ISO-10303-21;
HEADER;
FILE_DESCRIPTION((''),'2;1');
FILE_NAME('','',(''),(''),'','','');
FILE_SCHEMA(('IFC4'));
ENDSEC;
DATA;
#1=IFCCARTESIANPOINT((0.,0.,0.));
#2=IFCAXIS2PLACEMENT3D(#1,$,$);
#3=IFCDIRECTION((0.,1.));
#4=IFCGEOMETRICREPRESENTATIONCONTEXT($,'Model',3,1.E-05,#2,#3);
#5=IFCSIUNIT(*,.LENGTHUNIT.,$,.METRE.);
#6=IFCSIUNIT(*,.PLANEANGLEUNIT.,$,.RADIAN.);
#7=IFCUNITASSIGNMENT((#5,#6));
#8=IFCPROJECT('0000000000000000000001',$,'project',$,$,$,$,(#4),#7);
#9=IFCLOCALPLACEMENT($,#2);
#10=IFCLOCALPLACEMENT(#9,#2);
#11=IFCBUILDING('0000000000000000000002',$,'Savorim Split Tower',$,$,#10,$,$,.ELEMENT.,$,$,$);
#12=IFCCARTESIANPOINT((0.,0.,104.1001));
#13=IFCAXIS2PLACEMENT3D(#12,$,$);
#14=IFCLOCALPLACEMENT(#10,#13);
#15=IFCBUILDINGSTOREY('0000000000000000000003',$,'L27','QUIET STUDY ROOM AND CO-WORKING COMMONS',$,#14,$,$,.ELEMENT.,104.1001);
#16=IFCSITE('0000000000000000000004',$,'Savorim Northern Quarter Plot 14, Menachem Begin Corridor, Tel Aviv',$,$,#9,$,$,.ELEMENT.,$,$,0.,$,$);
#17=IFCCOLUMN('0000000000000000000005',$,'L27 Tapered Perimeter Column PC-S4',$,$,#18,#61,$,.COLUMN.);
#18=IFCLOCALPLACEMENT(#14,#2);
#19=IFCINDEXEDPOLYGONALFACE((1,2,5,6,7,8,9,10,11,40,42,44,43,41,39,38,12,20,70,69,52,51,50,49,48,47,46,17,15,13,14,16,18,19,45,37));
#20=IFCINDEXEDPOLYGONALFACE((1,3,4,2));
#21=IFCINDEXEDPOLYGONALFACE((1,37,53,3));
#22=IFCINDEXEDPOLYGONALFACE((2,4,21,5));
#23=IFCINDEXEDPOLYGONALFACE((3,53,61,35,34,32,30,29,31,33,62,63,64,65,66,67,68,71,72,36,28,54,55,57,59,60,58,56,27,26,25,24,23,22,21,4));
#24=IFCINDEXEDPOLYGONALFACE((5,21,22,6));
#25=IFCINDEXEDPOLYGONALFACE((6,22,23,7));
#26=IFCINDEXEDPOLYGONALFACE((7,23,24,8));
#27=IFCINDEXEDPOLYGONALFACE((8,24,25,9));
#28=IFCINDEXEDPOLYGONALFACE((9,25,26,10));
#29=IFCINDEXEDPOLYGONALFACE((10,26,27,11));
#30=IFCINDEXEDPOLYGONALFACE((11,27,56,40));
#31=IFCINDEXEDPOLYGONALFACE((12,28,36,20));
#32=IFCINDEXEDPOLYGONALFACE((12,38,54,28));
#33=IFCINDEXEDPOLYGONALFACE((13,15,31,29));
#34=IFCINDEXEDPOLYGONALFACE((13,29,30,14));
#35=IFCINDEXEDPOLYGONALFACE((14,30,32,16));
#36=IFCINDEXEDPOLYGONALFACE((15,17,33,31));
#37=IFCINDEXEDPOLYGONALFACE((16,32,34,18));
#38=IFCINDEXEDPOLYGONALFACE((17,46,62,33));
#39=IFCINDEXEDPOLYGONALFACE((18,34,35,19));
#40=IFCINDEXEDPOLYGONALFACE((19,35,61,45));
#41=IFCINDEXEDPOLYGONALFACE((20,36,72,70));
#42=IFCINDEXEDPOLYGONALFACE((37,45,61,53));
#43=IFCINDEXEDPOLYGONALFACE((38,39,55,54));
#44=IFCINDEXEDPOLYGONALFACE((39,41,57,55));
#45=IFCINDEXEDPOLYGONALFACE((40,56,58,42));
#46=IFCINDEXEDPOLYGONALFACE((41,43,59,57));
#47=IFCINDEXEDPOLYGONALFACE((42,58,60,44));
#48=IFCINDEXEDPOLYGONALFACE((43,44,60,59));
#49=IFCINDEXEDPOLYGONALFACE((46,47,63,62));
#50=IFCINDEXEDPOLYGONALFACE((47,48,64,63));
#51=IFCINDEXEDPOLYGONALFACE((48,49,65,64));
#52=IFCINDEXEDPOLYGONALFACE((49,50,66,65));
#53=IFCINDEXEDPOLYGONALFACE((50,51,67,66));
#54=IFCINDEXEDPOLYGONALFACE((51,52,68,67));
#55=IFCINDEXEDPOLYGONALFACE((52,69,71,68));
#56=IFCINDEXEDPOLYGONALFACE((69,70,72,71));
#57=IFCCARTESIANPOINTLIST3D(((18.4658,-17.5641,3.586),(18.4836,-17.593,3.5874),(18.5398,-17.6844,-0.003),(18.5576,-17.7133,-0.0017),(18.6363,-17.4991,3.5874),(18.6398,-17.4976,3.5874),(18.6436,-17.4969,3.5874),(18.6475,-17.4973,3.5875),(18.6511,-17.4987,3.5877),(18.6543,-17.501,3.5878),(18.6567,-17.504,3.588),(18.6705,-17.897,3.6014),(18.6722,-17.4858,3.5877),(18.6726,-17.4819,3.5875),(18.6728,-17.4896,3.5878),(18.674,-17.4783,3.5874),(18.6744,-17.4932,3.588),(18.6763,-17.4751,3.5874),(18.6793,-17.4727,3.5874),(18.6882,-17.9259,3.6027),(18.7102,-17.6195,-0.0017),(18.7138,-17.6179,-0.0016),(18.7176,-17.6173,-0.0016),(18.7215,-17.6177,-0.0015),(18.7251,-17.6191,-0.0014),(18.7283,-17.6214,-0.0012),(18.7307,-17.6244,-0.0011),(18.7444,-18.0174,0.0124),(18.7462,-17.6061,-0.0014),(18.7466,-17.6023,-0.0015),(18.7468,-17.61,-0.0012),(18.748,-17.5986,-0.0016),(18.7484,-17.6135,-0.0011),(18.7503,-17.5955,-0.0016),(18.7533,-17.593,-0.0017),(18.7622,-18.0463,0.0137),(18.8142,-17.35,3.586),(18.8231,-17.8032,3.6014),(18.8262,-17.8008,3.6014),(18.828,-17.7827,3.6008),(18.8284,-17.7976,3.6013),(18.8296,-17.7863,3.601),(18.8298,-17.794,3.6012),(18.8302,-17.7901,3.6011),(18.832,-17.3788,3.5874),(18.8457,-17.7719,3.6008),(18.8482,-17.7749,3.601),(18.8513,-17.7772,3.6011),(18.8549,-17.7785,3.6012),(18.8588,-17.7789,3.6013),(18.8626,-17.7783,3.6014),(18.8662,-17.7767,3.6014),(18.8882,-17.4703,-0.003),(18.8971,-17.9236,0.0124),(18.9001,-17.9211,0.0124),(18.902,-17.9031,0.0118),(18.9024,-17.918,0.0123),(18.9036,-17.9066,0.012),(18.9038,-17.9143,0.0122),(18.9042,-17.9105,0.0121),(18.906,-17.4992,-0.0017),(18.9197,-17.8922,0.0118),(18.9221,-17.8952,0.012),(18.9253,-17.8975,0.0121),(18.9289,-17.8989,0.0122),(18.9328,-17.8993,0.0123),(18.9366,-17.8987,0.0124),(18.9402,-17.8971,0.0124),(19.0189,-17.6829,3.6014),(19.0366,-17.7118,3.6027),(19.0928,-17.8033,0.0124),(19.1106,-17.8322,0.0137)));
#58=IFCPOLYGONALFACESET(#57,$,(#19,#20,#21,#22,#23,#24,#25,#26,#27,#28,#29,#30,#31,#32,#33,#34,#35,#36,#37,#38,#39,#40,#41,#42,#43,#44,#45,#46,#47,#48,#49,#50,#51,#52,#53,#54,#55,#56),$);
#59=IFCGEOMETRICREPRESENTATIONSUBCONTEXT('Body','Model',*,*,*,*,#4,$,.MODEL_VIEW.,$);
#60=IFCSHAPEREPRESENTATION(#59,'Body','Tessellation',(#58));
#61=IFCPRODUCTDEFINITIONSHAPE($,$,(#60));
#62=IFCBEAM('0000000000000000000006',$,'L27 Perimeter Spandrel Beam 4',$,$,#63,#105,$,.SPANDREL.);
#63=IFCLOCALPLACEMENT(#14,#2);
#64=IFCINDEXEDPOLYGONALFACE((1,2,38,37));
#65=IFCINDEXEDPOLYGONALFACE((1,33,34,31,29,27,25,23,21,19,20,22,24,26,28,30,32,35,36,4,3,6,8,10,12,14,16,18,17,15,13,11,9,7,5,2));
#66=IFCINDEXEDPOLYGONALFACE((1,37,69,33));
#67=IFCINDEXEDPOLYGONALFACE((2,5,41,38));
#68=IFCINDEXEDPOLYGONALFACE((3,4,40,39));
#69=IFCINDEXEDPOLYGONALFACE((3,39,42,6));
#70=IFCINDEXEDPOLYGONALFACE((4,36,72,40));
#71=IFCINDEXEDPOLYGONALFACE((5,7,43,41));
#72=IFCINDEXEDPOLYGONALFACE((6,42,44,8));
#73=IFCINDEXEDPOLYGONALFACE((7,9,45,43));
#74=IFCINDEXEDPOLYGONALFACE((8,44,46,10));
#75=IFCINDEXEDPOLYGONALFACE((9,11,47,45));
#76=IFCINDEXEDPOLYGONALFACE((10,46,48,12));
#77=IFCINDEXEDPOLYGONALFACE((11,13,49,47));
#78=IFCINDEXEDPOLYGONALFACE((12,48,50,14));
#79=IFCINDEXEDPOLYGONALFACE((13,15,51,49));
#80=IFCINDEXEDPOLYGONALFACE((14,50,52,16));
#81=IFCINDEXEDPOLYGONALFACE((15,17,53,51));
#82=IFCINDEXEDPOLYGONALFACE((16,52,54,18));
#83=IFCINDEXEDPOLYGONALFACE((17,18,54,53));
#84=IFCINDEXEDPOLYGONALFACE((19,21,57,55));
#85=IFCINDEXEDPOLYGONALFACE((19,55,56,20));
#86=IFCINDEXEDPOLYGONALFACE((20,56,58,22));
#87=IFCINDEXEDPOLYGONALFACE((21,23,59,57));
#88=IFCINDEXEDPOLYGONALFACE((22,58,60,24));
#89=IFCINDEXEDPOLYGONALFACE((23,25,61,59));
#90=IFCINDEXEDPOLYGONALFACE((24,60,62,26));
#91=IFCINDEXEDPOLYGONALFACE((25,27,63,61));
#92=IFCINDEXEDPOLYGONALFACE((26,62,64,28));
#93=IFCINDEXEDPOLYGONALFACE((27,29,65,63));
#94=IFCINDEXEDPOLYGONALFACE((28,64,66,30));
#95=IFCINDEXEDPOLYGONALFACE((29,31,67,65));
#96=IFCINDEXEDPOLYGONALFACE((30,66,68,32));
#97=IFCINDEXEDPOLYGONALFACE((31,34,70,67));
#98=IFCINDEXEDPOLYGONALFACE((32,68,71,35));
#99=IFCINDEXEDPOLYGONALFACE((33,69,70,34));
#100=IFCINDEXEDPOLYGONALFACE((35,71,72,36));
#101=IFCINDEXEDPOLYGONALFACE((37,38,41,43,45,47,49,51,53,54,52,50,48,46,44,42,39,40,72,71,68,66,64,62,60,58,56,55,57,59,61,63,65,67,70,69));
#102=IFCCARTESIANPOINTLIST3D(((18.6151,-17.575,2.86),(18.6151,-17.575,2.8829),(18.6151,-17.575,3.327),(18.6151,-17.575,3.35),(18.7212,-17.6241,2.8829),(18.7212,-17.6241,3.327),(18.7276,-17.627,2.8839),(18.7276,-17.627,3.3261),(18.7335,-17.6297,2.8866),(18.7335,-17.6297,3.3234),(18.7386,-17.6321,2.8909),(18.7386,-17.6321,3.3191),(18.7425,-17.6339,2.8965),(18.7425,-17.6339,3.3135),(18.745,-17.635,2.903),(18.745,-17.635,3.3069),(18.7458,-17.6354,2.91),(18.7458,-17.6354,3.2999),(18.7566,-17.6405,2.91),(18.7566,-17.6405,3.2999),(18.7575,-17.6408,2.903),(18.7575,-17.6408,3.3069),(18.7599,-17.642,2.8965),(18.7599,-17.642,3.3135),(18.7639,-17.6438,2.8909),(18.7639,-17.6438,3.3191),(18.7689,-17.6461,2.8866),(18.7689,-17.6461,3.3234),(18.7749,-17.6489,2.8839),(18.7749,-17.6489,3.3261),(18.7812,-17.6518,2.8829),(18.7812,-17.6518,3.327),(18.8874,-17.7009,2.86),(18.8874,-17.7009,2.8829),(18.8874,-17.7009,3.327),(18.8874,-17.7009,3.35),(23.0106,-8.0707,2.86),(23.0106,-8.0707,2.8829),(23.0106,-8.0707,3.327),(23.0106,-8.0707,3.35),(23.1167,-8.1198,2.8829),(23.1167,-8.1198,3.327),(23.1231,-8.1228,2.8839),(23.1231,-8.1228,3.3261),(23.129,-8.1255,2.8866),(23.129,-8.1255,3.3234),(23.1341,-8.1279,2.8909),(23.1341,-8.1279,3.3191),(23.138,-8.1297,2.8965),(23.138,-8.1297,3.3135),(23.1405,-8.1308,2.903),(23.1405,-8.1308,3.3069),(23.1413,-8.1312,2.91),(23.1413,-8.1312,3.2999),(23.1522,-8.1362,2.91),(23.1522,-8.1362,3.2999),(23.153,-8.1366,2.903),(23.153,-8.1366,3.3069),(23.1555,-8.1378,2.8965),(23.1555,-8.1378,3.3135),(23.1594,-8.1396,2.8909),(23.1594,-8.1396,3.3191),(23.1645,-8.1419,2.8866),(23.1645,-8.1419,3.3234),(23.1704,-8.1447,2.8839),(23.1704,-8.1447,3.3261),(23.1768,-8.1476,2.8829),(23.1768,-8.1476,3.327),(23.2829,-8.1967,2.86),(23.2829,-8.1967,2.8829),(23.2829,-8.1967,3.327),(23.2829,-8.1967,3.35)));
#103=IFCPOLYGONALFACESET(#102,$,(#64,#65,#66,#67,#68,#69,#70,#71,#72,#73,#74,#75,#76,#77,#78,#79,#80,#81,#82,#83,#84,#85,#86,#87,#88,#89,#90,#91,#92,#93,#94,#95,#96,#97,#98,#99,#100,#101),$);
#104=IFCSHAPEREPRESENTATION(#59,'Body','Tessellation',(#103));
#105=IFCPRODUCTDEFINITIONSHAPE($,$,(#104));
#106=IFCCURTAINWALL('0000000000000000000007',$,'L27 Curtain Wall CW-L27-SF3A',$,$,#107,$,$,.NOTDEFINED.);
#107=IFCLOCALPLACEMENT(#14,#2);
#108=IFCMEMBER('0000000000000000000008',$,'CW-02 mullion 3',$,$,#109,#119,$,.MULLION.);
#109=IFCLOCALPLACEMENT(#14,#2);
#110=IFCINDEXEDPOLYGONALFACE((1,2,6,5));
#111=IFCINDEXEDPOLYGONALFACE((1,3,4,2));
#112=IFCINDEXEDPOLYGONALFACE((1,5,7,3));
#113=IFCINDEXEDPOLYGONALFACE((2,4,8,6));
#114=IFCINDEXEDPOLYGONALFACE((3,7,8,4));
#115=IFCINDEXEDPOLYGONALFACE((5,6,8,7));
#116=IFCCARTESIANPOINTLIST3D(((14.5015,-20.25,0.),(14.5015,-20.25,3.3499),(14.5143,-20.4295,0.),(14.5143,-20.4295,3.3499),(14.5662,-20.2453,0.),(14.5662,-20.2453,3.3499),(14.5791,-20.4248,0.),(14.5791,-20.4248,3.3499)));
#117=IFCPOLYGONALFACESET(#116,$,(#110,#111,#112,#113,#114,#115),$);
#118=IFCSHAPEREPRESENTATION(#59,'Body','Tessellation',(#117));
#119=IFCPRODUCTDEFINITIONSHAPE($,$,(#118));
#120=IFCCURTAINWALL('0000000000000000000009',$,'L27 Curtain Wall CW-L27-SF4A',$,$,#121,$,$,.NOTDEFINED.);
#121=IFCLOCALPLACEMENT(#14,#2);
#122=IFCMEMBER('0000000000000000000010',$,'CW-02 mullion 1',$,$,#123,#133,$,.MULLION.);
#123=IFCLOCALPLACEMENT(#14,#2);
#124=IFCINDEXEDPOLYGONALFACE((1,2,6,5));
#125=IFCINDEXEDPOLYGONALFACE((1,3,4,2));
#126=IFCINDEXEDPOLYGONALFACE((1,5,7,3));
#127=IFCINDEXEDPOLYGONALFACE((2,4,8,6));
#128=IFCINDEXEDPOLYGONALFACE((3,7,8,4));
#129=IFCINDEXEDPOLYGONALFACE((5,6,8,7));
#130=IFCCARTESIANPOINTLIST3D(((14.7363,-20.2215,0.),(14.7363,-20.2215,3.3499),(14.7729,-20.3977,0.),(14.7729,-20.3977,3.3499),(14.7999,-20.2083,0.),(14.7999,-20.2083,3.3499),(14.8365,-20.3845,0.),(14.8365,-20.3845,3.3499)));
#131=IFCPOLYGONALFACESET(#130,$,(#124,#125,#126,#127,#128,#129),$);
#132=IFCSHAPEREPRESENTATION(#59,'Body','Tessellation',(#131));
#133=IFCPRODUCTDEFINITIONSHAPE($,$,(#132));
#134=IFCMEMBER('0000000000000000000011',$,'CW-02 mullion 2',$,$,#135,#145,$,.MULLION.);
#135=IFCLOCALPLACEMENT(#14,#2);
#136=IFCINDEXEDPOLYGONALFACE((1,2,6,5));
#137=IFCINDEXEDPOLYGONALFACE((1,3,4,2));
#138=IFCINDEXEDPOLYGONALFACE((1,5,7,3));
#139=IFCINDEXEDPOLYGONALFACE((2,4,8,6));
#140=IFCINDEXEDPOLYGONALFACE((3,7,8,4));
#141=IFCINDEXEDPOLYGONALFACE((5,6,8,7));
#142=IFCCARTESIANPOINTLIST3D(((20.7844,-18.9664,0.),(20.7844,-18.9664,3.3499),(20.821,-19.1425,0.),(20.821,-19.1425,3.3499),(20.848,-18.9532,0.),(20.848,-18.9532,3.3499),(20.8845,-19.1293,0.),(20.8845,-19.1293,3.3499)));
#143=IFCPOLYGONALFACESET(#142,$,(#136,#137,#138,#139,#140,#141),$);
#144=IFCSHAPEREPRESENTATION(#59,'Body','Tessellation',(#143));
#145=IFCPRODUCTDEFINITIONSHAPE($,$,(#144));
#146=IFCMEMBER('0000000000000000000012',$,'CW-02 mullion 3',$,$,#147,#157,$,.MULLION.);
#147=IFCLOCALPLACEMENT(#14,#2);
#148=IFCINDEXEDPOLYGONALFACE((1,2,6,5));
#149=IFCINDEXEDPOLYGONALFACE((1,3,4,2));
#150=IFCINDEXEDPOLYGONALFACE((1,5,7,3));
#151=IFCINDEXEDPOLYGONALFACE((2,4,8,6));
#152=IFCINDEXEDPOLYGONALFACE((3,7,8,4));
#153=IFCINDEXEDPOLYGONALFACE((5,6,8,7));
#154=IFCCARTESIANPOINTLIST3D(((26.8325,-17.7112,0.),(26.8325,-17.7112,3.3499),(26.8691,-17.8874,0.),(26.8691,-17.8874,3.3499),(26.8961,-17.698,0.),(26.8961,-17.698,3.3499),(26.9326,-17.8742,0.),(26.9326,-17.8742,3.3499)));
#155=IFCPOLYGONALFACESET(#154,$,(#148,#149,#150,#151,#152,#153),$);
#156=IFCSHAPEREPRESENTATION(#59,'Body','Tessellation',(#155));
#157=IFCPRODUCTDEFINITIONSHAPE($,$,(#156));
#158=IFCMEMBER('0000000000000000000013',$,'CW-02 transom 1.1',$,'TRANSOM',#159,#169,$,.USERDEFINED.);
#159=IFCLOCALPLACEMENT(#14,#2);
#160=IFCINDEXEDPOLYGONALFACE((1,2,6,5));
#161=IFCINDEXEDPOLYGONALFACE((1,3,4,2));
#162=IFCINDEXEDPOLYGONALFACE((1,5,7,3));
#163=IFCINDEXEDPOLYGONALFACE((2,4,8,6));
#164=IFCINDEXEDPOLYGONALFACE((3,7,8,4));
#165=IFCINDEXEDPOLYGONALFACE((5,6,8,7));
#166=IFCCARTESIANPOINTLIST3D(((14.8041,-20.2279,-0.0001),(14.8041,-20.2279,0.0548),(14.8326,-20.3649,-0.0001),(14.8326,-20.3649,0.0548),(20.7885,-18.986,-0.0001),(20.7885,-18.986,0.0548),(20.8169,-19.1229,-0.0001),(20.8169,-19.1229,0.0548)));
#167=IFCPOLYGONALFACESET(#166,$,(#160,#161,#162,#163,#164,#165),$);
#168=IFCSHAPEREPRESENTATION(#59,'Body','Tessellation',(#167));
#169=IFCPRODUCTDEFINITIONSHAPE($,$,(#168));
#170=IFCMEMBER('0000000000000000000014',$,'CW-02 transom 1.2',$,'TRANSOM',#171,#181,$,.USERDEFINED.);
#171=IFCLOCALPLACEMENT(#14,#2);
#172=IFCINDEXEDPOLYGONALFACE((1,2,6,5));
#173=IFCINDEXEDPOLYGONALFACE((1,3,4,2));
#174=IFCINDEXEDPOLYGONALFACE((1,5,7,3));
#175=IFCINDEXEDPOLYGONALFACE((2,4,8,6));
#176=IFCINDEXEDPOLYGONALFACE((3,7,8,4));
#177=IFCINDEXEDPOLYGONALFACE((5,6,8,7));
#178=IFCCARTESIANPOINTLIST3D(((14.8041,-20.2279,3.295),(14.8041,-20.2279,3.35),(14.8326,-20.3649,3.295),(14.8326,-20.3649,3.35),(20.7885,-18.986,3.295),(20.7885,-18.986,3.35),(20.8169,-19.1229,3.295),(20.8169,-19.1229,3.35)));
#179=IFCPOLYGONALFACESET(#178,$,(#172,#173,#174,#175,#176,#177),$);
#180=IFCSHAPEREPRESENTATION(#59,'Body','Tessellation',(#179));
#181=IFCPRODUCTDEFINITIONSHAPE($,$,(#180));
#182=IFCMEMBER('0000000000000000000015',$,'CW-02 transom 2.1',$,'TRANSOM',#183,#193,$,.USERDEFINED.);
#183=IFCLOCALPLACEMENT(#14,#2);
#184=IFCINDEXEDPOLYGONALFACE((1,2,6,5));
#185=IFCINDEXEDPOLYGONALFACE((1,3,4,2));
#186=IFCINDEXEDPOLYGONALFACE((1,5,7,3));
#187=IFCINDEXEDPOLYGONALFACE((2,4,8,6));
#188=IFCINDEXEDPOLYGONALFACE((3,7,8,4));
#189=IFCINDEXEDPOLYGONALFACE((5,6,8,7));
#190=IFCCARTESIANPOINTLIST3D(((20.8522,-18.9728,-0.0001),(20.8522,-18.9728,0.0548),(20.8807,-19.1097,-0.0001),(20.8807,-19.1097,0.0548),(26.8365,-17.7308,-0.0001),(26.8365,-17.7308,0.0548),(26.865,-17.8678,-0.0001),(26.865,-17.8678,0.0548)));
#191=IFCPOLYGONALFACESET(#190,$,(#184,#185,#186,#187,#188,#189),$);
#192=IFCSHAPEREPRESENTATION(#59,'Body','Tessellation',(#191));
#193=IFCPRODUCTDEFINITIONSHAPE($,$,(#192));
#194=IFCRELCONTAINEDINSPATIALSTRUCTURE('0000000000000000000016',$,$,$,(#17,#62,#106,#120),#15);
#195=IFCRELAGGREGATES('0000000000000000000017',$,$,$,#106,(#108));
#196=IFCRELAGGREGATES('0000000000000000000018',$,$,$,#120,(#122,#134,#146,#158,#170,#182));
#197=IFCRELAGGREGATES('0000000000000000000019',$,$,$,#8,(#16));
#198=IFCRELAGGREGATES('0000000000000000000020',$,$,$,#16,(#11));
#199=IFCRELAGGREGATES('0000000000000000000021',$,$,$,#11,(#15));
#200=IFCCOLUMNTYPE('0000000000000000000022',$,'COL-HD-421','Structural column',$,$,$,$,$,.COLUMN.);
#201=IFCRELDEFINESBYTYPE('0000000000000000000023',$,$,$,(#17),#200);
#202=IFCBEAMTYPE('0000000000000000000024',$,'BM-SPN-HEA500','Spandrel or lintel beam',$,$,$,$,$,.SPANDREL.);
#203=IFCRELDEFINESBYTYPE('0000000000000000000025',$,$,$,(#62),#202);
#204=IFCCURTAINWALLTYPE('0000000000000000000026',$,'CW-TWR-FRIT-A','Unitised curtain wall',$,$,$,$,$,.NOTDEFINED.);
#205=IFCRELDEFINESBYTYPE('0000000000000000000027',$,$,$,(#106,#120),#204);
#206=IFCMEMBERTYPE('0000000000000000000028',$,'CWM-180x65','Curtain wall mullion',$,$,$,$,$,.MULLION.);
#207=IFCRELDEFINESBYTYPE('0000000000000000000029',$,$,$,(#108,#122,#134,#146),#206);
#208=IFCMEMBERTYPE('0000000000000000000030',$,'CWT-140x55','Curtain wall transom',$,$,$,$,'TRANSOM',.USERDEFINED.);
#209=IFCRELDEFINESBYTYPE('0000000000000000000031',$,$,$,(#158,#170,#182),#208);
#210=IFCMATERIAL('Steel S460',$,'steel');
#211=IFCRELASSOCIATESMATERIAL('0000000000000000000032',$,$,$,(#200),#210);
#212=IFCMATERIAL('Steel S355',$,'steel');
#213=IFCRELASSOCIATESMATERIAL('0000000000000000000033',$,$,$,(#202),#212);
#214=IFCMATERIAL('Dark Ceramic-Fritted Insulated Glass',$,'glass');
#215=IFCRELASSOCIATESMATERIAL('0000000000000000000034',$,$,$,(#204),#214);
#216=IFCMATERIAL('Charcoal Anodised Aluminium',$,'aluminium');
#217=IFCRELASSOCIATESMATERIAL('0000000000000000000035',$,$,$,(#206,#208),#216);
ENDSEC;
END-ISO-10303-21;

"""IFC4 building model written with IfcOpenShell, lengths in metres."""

from ifc_helpers import new_model, si_unit, direction, frame, origin, origin_2d, place, context, subcontext, project, spatial, rectangle, i_section, extrude, material, material_profile, profile_set, type_object, element, aggregate, save


model = new_model("IFC4")

# Units and contexts
model_context = context("Model", 3, precision=1e-05, world=origin(), true_north=direction((0.0, 1.0)))
body_context = subcontext(model_context, "Body", "Model", "MODEL_VIEW")
ifc_project = project(units=[si_unit("LENGTHUNIT", "METRE"), si_unit("PLANEANGLEUNIT", "RADIAN")], contexts=[model_context])

# Site, building, storey
site_placement = place(None, origin())
site = spatial("IfcSite", under=ifc_project, at=site_placement, Name="Savorim Northern Quarter Plot 14, Menachem Begin Corridor, Tel Aviv", CompositionType="ELEMENT", RefElevation=0.0)
building_placement = place(site_placement, origin())
building = spatial("IfcBuilding", under=site, at=building_placement, Name="Savorim Split Tower", CompositionType="ELEMENT")
storey_placement = place(building_placement, frame((0.0, 0.0, 104.1001)))
storey = spatial("IfcBuildingStorey", under=building, at=storey_placement, Name="L27", Description="QUIET STUDY ROOM AND CO-WORKING COMMONS", CompositionType="ELEMENT", Elevation=104.1001)

# Column
ifc_material_1 = material(Name="Steel S460", Category="steel")
ifc_material_profile_1 = material_profile(ifc_material_1, i_section(OverallWidth=0.4089, OverallDepth=0.425, WebThickness=0.0208, FlangeThickness=0.0339, FilletRadius=0.0149, at=origin_2d()), Name="HD 400x421")
ifc_profile_set_1 = profile_set([ifc_material_profile_1], Name="Steel S460")
column_type = type_object("IfcColumnType", Name="COL-HD-421", Description="Structural column", PredefinedType="COLUMN", material=ifc_profile_set_1)
column_placement = place(storey_placement, frame((18.8252, -17.7583, 0.0054), z_axis=(-0.020595, 0.033509, 0.999226), x_axis=(-0.851955, -0.523615, 0.0)))
element("IfcColumn", 1, at=column_placement, inside=storey, type_object=column_type, Name="L27 Tapered Perimeter Column PC-S4", PredefinedType="COLUMN", context=body_context, shape_type="SweptSolid", body=[
    extrude(i_section(OverallWidth=0.4089, OverallDepth=0.425, WebThickness=0.0208, FlangeThickness=0.0339, FilletRadius=0.0149, at=origin_2d()), origin(), (0.0, 0.0, 1.0), 3.5918),
])

# Beam
ifc_material_2 = material(Name="Steel S355", Category="steel")
ifc_material_profile_2 = material_profile(ifc_material_2, i_section(OverallWidth=0.3, OverallDepth=0.49, WebThickness=0.012, FlangeThickness=0.0229, FilletRadius=0.0271, at=origin_2d()), Name="HEA 500")
ifc_profile_set_2 = profile_set([ifc_material_profile_2], Name="Steel S355")
beam_type = type_object("IfcBeamType", Name="BM-SPN-HEA500", Description="Spandrel or lintel beam", PredefinedType="SPANDREL", material=ifc_profile_set_2)
beam_placement = place(storey_placement, frame((18.7512, -17.6379, 3.105), z_axis=(0.419765, 0.907633, 0.0), x_axis=(-0.907633, 0.419765, 0.0)))
element("IfcBeam", 2, at=beam_placement, inside=storey, type_object=beam_type, Name="L27 Perimeter Spandrel Beam 4", PredefinedType="SPANDREL", context=body_context, shape_type="SweptSolid", body=[
    extrude(i_section(OverallWidth=0.3, OverallDepth=0.49, WebThickness=0.012, FlangeThickness=0.0229, FilletRadius=0.0271, at=origin_2d()), origin(), (0.0, 0.0, 1.0), 10.4714),
])

# Curtain wall, member
ifc_material_3 = material(Name="Dark Ceramic-Fritted Insulated Glass", Category="glass")
curtain_wall_type = type_object("IfcCurtainWallType", Name="CW-TWR-FRIT-A", Description="Unitised curtain wall", PredefinedType="NOTDEFINED", material=ifc_material_3)
curtain_wall_1_placement = place(storey_placement, origin())
curtain_wall_1 = element("IfcCurtainWall", 3, at=curtain_wall_1_placement, inside=storey, type_object=curtain_wall_type, Name="L27 Curtain Wall CW-L27-SF3A", PredefinedType="NOTDEFINED")
ifc_material_4 = material(Name="Charcoal Anodised Aluminium", Category="aluminium")
ifc_material_profile_3 = material_profile(ifc_material_4, rectangle(XDim=0.1799, YDim=0.0649, at=origin_2d()), Name="ALU-M 180x65")
ifc_profile_set_3 = profile_set([ifc_material_profile_3], Name="Charcoal Anodised Aluminium")
member_type_1 = type_object("IfcMemberType", Name="CWM-180x65", Description="Curtain wall mullion", PredefinedType="MULLION", material=ifc_profile_set_3)
member_1_placement = place(storey_placement, frame((14.5403, -20.3374, 0.0), z_axis=(0.0, 0.0, 1.0), x_axis=(-0.071562, 0.997436, 0.0)))
member_1 = element("IfcMember", 4, at=member_1_placement, type_object=member_type_1, Name="CW-02 mullion 3", PredefinedType="MULLION", context=body_context, shape_type="SweptSolid", body=[
    extrude(rectangle(XDim=0.1799, YDim=0.0649, at=origin_2d()), origin(), (0.0, 0.0, 1.0), 3.3499),
])
aggregate(curtain_wall_1, [member_1])

# Curtain wall, members
curtain_wall_2_placement = place(storey_placement, origin())
curtain_wall_2 = element("IfcCurtainWall", 5, at=curtain_wall_2_placement, inside=storey, type_object=curtain_wall_type, Name="L27 Curtain Wall CW-L27-SF4A", PredefinedType="NOTDEFINED")
member_2_placement = place(storey_placement, frame((14.7864, -20.303, 0.0), z_axis=(0.0, 0.0, 1.0), x_axis=(-0.203212, 0.979135, 0.0)))
member_2 = element("IfcMember", 6, at=member_2_placement, type_object=member_type_1, Name="CW-02 mullion 1", PredefinedType="MULLION", context=body_context, shape_type="SweptSolid", body=[
    extrude(rectangle(XDim=0.1799, YDim=0.0649, at=origin_2d()), origin(), (0.0, 0.0, 1.0), 3.3499),
])
member_3_placement = place(storey_placement, frame((20.8345, -19.0479, 0.0), z_axis=(0.0, 0.0, 1.0), x_axis=(-0.203212, 0.979135, 0.0)))
member_3 = element("IfcMember", 7, at=member_3_placement, type_object=member_type_1, Name="CW-02 mullion 2", PredefinedType="MULLION", context=body_context, shape_type="SweptSolid", body=[
    extrude(rectangle(XDim=0.1799, YDim=0.0649, at=origin_2d()), origin(), (0.0, 0.0, 1.0), 3.3499),
])
member_4_placement = place(storey_placement, frame((26.8826, -17.7927, 0.0), z_axis=(0.0, 0.0, 1.0), x_axis=(-0.203212, 0.979135, 0.0)))
member_4 = element("IfcMember", 8, at=member_4_placement, type_object=member_type_1, Name="CW-02 mullion 3", PredefinedType="MULLION", context=body_context, shape_type="SweptSolid", body=[
    extrude(rectangle(XDim=0.1799, YDim=0.0649, at=origin_2d()), origin(), (0.0, 0.0, 1.0), 3.3499),
])
ifc_material_profile_4 = material_profile(ifc_material_4, rectangle(XDim=0.1399, YDim=0.0549, at=origin_2d()), Name="ALU-T 140x55")
ifc_profile_set_4 = profile_set([ifc_material_profile_4], Name="Charcoal Anodised Aluminium")
member_type_2 = type_object("IfcMemberType", Name="CWT-140x55", Description="Curtain wall transom", ElementType="TRANSOM", PredefinedType="USERDEFINED", material=ifc_profile_set_4)
member_5_placement = place(storey_placement, frame((14.8184, -20.2964, 0.0273), z_axis=(0.979137, 0.203201, 0.0), x_axis=(-0.203201, 0.979137, 0.0)))
member_5 = element("IfcMember", 9, at=member_5_placement, type_object=member_type_2, Name="CW-02 transom 1.1", ObjectType="TRANSOM", PredefinedType="USERDEFINED", context=body_context, shape_type="SweptSolid", body=[
    extrude(rectangle(XDim=0.1399, YDim=0.0549, at=origin_2d()), origin(), (0.0, 0.0, 1.0), 6.1118),
])
member_6_placement = place(storey_placement, frame((14.8184, -20.2964, 3.3225), z_axis=(0.979137, 0.203201, 0.0), x_axis=(-0.203201, 0.979137, 0.0)))
member_6 = element("IfcMember", 10, at=member_6_placement, type_object=member_type_2, Name="CW-02 transom 1.2", ObjectType="TRANSOM", PredefinedType="USERDEFINED", context=body_context, shape_type="SweptSolid", body=[
    extrude(rectangle(XDim=0.1399, YDim=0.0549, at=origin_2d()), origin(), (0.0, 0.0, 1.0), 6.1118),
])
member_7_placement = place(storey_placement, frame((20.8665, -19.0413, 0.0273), z_axis=(0.979137, 0.203201, 0.0), x_axis=(-0.203201, 0.979137, 0.0)))
member_7 = element("IfcMember", 11, at=member_7_placement, type_object=member_type_2, Name="CW-02 transom 2.1", ObjectType="TRANSOM", PredefinedType="USERDEFINED", context=body_context, shape_type="SweptSolid", body=[
    extrude(rectangle(XDim=0.1399, YDim=0.0549, at=origin_2d()), origin(), (0.0, 0.0, 1.0), 6.1118),
])
aggregate(curtain_wall_2, [member_2, member_3, member_4, member_5, member_6, member_7])

save(model, "model.ifc")
